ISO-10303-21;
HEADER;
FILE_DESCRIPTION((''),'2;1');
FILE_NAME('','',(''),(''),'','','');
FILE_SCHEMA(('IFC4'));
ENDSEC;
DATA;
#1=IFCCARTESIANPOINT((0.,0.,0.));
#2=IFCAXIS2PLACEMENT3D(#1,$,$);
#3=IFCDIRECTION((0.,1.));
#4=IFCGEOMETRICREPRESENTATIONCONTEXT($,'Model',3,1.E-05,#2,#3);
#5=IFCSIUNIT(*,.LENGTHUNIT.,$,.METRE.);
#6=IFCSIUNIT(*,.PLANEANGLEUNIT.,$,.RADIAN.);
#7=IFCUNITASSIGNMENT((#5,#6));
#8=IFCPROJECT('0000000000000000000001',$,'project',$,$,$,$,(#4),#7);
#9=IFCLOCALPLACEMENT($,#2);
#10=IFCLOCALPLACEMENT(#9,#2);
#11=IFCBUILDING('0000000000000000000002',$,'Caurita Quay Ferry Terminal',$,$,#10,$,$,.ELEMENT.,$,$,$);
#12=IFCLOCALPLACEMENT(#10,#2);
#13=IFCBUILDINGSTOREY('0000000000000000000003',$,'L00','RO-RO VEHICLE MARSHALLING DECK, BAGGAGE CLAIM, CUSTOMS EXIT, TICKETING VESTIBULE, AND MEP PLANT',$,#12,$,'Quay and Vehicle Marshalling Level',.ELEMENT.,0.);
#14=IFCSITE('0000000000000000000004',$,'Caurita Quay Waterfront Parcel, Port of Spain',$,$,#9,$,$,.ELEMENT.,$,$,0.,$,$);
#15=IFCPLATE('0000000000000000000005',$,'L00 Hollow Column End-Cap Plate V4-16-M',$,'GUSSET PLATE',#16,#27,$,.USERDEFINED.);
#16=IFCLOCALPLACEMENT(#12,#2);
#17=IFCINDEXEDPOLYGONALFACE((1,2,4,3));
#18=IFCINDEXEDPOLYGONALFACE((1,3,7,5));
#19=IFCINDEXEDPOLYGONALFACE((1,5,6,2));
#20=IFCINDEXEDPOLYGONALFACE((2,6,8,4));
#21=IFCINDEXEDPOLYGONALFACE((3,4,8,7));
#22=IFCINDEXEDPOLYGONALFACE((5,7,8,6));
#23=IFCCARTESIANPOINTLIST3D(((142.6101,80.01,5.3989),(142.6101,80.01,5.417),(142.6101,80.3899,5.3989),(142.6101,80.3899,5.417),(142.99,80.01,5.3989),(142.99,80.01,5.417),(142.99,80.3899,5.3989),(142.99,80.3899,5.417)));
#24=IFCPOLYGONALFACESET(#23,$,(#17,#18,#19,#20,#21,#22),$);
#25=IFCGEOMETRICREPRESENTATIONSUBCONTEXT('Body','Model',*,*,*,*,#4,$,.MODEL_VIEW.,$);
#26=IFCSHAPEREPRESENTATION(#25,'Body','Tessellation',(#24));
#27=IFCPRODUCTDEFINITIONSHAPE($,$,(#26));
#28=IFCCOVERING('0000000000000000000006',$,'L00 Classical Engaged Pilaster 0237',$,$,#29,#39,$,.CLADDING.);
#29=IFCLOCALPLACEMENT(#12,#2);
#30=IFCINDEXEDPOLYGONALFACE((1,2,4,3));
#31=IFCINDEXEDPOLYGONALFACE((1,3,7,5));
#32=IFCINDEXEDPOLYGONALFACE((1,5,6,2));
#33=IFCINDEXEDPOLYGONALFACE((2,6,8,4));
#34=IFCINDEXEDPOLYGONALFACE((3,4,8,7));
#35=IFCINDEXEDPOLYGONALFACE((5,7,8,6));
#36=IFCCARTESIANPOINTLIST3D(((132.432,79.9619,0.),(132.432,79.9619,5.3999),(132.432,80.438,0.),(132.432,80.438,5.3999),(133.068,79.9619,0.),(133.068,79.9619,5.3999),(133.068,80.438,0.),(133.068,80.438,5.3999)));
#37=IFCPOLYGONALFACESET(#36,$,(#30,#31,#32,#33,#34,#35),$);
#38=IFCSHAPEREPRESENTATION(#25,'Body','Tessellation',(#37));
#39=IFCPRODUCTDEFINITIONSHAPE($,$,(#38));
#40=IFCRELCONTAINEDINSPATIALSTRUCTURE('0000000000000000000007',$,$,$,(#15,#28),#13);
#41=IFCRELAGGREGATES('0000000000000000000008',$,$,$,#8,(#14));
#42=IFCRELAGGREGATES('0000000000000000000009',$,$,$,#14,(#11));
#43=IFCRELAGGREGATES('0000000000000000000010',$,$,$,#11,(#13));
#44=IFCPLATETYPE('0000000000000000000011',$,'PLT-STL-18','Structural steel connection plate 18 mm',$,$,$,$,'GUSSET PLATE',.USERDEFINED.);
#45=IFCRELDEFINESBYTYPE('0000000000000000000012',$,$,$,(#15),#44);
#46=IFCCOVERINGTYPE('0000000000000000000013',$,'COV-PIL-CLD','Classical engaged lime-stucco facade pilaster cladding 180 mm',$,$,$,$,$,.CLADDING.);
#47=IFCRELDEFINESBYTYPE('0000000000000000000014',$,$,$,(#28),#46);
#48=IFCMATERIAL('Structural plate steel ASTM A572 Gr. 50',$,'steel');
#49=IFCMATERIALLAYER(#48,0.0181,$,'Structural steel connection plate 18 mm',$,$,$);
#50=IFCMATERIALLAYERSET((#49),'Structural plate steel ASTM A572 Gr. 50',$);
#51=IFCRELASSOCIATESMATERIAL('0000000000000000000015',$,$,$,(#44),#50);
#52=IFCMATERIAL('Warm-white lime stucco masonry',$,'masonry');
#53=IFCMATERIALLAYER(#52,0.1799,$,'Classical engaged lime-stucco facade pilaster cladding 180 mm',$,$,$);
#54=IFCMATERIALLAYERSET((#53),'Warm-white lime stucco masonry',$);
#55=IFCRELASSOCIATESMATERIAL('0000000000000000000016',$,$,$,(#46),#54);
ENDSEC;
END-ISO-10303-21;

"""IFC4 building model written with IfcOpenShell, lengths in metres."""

from ifc_helpers import new_model, si_unit, direction, frame, origin, origin_2d, place, context, subcontext, project, spatial, rectangle, extrude, material, layer, layer_set, type_object, element, save


model = new_model("IFC4")

# Units and contexts
model_context = context("Model", 3, precision=1e-05, world=origin(), true_north=direction((0.0, 1.0)))
body_context = subcontext(model_context, "Body", "Model", "MODEL_VIEW")
ifc_project = project(units=[si_unit("LENGTHUNIT", "METRE"), si_unit("PLANEANGLEUNIT", "RADIAN")], contexts=[model_context])

# Site, building, storey
site_placement = place(None, origin())
site = spatial("IfcSite", under=ifc_project, at=site_placement, Name="Caurita Quay Waterfront Parcel, Port of Spain", CompositionType="ELEMENT", RefElevation=0.0)
building_placement = place(site_placement, origin())
building = spatial("IfcBuilding", under=site, at=building_placement, Name="Caurita Quay Ferry Terminal", CompositionType="ELEMENT")
storey_placement = place(building_placement, origin())
storey = spatial("IfcBuildingStorey", under=building, at=storey_placement, Name="L00", Description="RO-RO VEHICLE MARSHALLING DECK, BAGGAGE CLAIM, CUSTOMS EXIT, TICKETING VESTIBULE, AND MEP PLANT", LongName="Quay and Vehicle Marshalling Level", CompositionType="ELEMENT", Elevation=0.0)

# Plate
ifc_material_1 = material(Name="Structural plate steel ASTM A572 Gr. 50", Category="steel")
ifc_layer_1 = layer(ifc_material_1, 0.0181, Name="Structural steel connection plate 18 mm")
ifc_layer_set_1 = layer_set([ifc_layer_1], Name="Structural plate steel ASTM A572 Gr. 50")
plate_type = type_object("IfcPlateType", Name="PLT-STL-18", Description="Structural steel connection plate 18 mm", ElementType="GUSSET PLATE", PredefinedType="USERDEFINED", material=ifc_layer_set_1)
for number, where, z_axis, x_axis, name in (
    (1, (142.8, 80.2, 5.3989), (0.0, 0.0, 1.0), (1.0, 0.0, 0.0), "L00 Hollow Column End-Cap Plate V4-16-M"),
):
    element("IfcPlate", number, at=place(storey_placement, frame(where, z_axis=z_axis, x_axis=x_axis)), inside=storey, type_object=plate_type, Name=name, ObjectType="GUSSET PLATE", PredefinedType="USERDEFINED", context=body_context, shape_type="SweptSolid", body=[
        extrude(rectangle(XDim=0.3799, YDim=0.3799, at=origin_2d()), origin(), (0.0, 0.0, 1.0), 0.0181),
    ])

# Covering
ifc_material_2 = material(Name="Warm-white lime stucco masonry", Category="masonry")
ifc_layer_2 = layer(ifc_material_2, 0.1799, Name="Classical engaged lime-stucco facade pilaster cladding 180 mm")
ifc_layer_set_2 = layer_set([ifc_layer_2], Name="Warm-white lime stucco masonry")
covering_type = type_object("IfcCoveringType", Name="COV-PIL-CLD", Description="Classical engaged lime-stucco facade pilaster cladding 180 mm", PredefinedType="CLADDING", material=ifc_layer_set_2)
covering_placement = place(storey_placement, frame((132.75, 80.2, 0.0), z_axis=(0.0, 0.0, 1.0), x_axis=(1.0, 0.0, 0.0)))
element("IfcCovering", 2, at=covering_placement, inside=storey, type_object=covering_type, Name="L00 Classical Engaged Pilaster 0237", PredefinedType="CLADDING", context=body_context, shape_type="SweptSolid", body=[
    extrude(rectangle(XDim=0.636, YDim=0.4761, at=origin_2d()), origin(), (0.0, 0.0, 1.0), 5.3999),
])

save(model, "model.ifc")
